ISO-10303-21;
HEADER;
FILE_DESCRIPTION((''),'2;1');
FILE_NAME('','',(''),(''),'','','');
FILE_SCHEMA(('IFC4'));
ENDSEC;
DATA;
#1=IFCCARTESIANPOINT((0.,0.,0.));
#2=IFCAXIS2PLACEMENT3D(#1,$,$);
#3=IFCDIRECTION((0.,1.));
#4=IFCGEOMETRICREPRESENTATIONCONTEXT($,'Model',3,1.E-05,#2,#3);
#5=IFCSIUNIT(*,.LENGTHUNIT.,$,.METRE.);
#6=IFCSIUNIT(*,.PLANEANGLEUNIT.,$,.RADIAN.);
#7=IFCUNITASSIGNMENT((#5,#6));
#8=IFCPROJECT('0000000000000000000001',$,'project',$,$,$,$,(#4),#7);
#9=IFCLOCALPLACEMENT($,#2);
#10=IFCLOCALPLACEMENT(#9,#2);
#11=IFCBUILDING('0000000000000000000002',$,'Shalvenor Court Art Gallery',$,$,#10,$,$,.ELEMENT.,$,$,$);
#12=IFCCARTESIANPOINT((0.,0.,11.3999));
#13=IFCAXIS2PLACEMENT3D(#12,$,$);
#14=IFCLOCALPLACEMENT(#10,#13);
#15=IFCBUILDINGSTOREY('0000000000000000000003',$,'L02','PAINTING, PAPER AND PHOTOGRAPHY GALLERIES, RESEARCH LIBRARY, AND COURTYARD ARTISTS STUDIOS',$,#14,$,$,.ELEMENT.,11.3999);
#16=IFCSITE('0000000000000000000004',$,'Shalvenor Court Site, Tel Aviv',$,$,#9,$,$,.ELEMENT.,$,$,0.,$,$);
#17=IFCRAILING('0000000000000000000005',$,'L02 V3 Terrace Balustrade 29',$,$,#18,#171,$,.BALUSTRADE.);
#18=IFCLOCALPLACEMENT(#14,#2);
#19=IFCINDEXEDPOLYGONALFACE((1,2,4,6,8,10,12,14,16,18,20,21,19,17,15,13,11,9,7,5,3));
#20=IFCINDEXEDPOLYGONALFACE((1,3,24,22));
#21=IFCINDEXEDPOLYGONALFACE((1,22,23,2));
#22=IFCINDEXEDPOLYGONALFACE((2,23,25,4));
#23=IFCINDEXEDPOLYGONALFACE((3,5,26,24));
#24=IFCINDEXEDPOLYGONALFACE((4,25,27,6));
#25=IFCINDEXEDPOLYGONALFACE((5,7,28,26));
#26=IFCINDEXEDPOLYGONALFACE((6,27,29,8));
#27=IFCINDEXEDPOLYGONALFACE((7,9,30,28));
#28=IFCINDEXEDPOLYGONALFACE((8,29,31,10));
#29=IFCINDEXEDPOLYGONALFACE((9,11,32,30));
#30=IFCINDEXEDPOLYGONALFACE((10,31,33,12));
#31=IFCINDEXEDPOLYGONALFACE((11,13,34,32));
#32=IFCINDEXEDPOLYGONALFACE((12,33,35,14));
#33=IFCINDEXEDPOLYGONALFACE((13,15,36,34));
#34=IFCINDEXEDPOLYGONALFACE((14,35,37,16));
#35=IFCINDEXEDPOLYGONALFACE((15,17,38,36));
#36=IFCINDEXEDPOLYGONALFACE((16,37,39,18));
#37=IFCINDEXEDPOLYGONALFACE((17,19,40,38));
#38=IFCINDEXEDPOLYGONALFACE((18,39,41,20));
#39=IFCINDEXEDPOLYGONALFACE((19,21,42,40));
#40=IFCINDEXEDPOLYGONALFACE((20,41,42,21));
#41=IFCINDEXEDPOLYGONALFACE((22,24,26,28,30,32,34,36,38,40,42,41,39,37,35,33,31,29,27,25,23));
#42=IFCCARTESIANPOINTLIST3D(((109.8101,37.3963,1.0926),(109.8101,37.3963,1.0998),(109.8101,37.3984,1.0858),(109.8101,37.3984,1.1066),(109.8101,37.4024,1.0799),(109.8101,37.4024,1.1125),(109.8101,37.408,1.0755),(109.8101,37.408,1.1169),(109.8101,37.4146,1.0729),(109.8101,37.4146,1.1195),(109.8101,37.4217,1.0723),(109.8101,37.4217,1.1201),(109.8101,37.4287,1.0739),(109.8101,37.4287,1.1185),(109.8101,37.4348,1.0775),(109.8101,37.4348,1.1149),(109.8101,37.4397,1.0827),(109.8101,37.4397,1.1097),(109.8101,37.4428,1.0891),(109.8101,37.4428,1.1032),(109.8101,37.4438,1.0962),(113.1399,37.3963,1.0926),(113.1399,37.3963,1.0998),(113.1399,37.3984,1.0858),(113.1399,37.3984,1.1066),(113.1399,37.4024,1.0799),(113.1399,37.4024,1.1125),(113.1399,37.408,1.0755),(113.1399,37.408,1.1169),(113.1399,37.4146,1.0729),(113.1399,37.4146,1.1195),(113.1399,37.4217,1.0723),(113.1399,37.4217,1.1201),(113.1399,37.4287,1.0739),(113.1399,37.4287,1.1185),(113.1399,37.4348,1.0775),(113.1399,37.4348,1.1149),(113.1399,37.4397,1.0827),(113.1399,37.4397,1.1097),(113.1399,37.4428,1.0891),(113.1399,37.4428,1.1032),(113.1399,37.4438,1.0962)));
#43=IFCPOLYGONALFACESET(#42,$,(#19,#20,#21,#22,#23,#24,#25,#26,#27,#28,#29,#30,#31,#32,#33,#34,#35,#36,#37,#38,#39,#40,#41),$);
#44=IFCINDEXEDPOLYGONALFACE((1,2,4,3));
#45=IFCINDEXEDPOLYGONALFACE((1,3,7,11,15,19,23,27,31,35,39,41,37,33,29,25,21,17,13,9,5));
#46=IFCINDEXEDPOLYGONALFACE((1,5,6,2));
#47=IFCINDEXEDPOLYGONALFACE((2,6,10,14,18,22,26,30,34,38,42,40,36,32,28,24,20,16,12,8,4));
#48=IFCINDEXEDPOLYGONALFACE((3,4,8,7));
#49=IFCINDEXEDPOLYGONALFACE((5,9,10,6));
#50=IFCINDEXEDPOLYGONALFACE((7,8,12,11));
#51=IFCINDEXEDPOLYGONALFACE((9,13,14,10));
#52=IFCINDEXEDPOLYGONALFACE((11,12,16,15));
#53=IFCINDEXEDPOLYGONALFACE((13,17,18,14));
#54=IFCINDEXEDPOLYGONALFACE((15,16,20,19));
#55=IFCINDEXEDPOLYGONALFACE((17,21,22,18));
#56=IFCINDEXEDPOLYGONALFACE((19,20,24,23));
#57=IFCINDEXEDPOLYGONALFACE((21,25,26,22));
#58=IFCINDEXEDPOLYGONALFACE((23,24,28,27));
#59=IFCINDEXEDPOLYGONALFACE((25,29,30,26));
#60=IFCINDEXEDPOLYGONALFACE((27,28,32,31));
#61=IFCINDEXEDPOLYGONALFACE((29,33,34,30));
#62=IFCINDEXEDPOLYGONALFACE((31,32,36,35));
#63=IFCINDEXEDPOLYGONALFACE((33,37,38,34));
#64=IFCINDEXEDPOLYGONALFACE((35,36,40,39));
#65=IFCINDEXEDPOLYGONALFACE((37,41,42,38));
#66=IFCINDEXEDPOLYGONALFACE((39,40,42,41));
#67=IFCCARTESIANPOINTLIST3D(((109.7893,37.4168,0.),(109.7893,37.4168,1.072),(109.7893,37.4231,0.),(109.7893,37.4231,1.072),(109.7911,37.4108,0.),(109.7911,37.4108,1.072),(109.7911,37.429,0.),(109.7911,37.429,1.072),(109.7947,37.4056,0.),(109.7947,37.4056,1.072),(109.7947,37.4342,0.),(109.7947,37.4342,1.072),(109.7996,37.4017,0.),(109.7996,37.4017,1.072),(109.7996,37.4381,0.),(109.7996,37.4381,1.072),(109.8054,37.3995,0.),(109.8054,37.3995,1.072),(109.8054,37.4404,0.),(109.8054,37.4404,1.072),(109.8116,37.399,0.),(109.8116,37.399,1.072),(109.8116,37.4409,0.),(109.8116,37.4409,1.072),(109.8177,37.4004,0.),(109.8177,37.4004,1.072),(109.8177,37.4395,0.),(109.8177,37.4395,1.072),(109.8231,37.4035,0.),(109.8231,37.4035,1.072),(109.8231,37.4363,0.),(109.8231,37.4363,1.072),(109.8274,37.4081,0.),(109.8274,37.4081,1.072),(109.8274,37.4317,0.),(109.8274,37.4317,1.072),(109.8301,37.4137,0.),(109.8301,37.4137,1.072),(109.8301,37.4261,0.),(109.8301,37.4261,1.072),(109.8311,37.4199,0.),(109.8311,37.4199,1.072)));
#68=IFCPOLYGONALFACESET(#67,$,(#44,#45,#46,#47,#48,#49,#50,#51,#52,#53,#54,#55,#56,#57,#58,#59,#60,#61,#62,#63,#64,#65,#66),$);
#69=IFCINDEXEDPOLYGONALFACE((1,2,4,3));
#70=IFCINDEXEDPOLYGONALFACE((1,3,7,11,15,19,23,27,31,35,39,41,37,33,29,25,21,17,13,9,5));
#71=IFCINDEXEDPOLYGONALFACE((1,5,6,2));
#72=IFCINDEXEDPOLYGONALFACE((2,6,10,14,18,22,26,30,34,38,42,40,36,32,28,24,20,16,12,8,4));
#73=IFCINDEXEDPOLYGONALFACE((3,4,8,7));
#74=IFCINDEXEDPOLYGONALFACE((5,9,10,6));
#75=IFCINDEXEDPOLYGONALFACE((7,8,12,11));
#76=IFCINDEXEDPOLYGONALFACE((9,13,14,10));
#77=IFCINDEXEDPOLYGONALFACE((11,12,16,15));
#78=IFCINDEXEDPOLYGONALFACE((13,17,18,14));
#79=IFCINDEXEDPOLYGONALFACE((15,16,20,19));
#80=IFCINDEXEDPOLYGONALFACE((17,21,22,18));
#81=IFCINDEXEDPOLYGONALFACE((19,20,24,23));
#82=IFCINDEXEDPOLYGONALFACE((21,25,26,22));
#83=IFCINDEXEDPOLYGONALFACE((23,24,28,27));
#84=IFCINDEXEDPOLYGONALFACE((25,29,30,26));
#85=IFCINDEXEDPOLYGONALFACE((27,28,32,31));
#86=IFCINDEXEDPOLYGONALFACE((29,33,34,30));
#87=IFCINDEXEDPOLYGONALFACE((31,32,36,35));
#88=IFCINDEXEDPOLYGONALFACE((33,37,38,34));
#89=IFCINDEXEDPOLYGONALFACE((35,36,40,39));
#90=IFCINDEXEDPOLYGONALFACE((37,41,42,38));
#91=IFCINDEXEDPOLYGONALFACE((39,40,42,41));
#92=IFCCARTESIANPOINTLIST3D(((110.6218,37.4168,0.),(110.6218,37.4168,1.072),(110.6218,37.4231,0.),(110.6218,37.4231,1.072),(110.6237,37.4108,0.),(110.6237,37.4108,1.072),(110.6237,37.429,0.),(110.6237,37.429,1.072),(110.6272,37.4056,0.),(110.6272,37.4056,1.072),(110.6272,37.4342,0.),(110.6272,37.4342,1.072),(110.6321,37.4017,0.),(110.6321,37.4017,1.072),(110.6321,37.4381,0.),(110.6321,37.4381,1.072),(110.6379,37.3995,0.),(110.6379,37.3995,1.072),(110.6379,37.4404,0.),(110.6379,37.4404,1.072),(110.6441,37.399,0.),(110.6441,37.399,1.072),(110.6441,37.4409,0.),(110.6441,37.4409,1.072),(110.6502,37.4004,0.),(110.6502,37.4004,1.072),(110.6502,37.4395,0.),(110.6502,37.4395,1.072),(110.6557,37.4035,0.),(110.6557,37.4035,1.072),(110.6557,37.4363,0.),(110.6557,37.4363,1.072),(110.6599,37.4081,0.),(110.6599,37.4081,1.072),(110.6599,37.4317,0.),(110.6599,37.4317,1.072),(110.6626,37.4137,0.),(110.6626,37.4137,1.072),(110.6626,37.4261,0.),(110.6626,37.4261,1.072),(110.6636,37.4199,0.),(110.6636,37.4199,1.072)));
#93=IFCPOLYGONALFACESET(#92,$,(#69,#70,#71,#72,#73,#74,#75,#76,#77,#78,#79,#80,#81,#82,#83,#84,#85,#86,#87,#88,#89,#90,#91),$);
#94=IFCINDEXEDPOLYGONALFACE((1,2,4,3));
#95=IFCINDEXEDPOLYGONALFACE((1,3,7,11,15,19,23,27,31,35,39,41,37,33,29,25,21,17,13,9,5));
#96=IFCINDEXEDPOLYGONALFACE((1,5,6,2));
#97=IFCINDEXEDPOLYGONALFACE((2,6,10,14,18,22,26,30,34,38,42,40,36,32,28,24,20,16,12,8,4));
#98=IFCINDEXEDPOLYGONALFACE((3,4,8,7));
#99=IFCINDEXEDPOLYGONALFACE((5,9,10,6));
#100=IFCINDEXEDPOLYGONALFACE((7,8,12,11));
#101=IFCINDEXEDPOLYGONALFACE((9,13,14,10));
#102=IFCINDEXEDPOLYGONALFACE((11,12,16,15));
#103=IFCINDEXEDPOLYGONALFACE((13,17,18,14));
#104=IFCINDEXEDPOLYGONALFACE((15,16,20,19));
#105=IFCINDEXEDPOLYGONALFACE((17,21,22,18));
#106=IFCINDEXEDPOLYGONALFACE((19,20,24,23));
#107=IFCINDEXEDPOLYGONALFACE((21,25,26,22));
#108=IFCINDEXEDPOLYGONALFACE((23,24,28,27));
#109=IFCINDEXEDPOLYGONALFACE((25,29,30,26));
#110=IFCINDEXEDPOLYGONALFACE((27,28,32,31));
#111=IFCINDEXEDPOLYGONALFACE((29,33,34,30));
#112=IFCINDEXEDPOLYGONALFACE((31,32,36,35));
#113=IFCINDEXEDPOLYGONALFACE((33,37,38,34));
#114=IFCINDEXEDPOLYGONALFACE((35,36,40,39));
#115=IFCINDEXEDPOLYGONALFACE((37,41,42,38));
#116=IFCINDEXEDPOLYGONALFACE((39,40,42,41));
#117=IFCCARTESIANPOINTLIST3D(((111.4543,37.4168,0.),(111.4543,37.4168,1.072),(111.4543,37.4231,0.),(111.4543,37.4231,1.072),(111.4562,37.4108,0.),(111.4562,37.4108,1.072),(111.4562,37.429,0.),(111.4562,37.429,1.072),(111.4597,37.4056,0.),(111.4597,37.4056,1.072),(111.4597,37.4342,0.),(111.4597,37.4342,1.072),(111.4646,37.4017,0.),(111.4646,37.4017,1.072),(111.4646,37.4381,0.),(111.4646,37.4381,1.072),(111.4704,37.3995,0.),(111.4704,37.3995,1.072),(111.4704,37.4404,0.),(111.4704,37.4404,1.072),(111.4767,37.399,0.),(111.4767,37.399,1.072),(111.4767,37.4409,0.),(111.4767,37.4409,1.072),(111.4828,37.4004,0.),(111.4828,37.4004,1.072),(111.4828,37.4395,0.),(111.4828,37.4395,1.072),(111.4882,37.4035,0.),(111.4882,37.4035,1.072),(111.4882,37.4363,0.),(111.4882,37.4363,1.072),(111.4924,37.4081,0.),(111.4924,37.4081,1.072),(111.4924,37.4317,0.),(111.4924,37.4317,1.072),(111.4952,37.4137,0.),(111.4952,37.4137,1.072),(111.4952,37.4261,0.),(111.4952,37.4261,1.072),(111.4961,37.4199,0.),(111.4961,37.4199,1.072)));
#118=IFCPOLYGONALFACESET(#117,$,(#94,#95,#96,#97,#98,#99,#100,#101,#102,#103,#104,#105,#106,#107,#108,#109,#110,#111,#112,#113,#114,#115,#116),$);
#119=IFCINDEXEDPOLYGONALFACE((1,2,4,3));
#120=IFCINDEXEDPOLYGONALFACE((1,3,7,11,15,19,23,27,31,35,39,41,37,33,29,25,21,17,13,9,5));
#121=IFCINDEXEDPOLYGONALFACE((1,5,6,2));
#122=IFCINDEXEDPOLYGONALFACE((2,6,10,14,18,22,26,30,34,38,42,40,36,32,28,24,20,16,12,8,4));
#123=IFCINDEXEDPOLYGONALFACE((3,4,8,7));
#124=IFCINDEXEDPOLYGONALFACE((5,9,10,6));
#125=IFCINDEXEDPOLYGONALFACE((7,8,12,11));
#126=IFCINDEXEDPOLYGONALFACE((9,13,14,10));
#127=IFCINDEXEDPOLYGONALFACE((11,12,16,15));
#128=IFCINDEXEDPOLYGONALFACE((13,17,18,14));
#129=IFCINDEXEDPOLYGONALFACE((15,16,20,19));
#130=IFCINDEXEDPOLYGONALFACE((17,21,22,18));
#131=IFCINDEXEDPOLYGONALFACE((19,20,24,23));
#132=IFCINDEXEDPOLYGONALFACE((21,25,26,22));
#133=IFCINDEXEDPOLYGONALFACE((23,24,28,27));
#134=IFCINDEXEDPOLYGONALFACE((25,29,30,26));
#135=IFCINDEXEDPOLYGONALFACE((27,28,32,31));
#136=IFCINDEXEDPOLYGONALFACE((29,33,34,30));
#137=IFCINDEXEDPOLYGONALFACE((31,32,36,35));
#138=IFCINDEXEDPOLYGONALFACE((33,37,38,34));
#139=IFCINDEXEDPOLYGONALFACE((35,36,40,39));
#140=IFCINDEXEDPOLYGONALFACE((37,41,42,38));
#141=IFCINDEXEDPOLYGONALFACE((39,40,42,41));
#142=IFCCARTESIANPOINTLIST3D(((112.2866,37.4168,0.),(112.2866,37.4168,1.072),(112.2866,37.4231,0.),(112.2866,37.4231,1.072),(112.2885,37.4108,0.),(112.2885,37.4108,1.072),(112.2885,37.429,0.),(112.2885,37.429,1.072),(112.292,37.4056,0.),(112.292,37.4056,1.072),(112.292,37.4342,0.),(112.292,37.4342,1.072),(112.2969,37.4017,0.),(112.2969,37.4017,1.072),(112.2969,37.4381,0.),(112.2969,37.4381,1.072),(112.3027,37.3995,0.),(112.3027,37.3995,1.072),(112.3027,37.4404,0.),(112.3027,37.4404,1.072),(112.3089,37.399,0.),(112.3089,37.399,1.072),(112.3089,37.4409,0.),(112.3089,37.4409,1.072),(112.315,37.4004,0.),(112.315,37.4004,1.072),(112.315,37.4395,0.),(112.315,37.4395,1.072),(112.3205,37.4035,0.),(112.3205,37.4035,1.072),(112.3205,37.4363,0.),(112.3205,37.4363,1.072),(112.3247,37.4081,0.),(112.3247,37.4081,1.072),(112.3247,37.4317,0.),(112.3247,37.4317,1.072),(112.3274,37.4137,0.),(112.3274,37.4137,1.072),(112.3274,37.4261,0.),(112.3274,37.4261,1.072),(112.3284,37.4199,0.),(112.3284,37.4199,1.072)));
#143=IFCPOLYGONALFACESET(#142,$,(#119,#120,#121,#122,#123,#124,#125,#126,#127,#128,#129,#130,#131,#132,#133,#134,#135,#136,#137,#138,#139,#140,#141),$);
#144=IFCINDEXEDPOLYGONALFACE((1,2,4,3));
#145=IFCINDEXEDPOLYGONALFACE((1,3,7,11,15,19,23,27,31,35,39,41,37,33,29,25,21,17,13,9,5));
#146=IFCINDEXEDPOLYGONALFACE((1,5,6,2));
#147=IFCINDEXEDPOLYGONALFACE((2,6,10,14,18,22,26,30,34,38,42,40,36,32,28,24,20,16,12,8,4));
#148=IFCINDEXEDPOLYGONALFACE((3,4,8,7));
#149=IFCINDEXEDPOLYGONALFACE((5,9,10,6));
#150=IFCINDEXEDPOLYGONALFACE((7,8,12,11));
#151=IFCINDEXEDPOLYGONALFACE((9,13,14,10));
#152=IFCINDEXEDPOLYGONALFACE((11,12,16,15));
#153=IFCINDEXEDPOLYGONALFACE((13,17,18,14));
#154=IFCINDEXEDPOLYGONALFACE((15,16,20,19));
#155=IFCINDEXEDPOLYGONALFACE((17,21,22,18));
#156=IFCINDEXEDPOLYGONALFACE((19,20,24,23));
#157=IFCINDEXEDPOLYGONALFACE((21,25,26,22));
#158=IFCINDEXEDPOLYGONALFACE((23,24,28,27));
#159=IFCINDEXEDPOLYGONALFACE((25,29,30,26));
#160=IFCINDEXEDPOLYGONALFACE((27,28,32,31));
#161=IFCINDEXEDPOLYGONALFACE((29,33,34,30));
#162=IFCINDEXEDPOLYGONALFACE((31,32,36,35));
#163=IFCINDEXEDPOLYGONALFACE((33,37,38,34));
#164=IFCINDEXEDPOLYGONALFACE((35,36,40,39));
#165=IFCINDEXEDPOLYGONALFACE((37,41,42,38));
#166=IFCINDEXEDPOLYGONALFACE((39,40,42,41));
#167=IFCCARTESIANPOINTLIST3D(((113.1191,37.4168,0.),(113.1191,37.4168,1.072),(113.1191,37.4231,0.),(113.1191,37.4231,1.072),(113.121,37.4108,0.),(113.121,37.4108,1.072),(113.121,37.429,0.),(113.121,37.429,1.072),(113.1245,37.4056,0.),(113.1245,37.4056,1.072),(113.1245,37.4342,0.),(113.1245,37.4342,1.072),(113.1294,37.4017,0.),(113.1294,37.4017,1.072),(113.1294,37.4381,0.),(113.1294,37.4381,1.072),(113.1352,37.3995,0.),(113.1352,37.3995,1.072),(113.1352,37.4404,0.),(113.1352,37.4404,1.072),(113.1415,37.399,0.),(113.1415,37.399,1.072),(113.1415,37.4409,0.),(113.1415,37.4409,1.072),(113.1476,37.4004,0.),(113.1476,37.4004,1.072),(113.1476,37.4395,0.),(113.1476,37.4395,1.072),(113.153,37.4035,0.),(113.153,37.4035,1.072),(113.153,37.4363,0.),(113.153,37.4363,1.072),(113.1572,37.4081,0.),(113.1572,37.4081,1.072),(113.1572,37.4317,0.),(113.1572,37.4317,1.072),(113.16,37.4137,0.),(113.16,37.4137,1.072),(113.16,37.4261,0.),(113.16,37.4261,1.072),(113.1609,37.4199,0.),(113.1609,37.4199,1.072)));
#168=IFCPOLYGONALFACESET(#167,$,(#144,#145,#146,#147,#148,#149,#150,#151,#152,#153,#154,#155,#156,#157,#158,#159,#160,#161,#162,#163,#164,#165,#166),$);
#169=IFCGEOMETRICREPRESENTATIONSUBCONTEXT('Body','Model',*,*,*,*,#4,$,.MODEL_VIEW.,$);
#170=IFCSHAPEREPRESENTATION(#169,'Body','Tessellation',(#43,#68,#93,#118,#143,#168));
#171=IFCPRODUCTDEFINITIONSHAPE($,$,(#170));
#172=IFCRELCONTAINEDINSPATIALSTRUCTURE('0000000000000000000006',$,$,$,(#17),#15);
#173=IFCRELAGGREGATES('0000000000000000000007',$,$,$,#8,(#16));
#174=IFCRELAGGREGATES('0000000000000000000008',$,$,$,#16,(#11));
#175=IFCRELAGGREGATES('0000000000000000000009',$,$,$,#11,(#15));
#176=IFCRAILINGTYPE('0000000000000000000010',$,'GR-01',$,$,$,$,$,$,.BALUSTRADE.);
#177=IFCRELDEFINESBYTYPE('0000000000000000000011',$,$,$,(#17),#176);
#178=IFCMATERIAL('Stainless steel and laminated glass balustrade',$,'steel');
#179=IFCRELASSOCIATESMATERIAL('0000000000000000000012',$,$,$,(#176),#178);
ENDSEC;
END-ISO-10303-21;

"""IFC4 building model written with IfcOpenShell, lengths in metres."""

from ifc_helpers import new_model, si_unit, direction, frame, origin, origin_2d, place, context, subcontext, project, spatial, circle, extrude, material, type_object, element, save


model = new_model("IFC4")

# Units and contexts
model_context = context("Model", 3, precision=1e-05, world=origin(), true_north=direction((0.0, 1.0)))
body_context = subcontext(model_context, "Body", "Model", "MODEL_VIEW")
ifc_project = project(units=[si_unit("LENGTHUNIT", "METRE"), si_unit("PLANEANGLEUNIT", "RADIAN")], contexts=[model_context])

# Site, building, storey
site_placement = place(None, origin())
site = spatial("IfcSite", under=ifc_project, at=site_placement, Name="Shalvenor Court Site, Tel Aviv", CompositionType="ELEMENT", RefElevation=0.0)
building_placement = place(site_placement, origin())
building = spatial("IfcBuilding", under=site, at=building_placement, Name="Shalvenor Court Art Gallery", CompositionType="ELEMENT")
storey_placement = place(building_placement, frame((0.0, 0.0, 11.3999)))
storey = spatial("IfcBuildingStorey", under=building, at=storey_placement, Name="L02", Description="PAINTING, PAPER AND PHOTOGRAPHY GALLERIES, RESEARCH LIBRARY, AND COURTYARD ARTISTS STUDIOS", CompositionType="ELEMENT", Elevation=11.3999)

# Railing
ifc_material_1 = material(Name="Stainless steel and laminated glass balustrade", Category="steel")
railing_type = type_object("IfcRailingType", Name="GR-01", PredefinedType="BALUSTRADE", material=ifc_material_1)
railing_1_placement = place(storey_placement, frame((109.8101, 37.4199, 0.0)))
element("IfcRailing", 1, at=railing_1_placement, inside=storey, type_object=railing_type, Name="L02 V3 Terrace Balustrade 29", PredefinedType="BALUSTRADE", context=body_context, shape_type="SweptSolid", body=[
    extrude(circle(Radius=0.0239, at=origin_2d()), frame((0.0, 0.0, 1.0962), z_axis=(1.0, 0.0, 0.0), x_axis=(0.0, 1.0, 0.0)), (0.0, 0.0, 1.0), 3.3298),
    extrude(circle(Radius=0.021, at=origin_2d()), origin(), (0.0, 0.0, 1.0), 1.072),
    extrude(circle(Radius=0.021, at=origin_2d()), frame((0.8325, 0.0, 0.0)), (0.0, 0.0, 1.0), 1.072),
    extrude(circle(Radius=0.021, at=origin_2d()), frame((1.665, 0.0, 0.0)), (0.0, 0.0, 1.0), 1.072),
    extrude(circle(Radius=0.021, at=origin_2d()), frame((2.4973, 0.0, 0.0)), (0.0, 0.0, 1.0), 1.072),
    extrude(circle(Radius=0.021, at=origin_2d()), frame((3.3298, 0.0, 0.0)), (0.0, 0.0, 1.0), 1.072),
])

save(model, "model.ifc")
